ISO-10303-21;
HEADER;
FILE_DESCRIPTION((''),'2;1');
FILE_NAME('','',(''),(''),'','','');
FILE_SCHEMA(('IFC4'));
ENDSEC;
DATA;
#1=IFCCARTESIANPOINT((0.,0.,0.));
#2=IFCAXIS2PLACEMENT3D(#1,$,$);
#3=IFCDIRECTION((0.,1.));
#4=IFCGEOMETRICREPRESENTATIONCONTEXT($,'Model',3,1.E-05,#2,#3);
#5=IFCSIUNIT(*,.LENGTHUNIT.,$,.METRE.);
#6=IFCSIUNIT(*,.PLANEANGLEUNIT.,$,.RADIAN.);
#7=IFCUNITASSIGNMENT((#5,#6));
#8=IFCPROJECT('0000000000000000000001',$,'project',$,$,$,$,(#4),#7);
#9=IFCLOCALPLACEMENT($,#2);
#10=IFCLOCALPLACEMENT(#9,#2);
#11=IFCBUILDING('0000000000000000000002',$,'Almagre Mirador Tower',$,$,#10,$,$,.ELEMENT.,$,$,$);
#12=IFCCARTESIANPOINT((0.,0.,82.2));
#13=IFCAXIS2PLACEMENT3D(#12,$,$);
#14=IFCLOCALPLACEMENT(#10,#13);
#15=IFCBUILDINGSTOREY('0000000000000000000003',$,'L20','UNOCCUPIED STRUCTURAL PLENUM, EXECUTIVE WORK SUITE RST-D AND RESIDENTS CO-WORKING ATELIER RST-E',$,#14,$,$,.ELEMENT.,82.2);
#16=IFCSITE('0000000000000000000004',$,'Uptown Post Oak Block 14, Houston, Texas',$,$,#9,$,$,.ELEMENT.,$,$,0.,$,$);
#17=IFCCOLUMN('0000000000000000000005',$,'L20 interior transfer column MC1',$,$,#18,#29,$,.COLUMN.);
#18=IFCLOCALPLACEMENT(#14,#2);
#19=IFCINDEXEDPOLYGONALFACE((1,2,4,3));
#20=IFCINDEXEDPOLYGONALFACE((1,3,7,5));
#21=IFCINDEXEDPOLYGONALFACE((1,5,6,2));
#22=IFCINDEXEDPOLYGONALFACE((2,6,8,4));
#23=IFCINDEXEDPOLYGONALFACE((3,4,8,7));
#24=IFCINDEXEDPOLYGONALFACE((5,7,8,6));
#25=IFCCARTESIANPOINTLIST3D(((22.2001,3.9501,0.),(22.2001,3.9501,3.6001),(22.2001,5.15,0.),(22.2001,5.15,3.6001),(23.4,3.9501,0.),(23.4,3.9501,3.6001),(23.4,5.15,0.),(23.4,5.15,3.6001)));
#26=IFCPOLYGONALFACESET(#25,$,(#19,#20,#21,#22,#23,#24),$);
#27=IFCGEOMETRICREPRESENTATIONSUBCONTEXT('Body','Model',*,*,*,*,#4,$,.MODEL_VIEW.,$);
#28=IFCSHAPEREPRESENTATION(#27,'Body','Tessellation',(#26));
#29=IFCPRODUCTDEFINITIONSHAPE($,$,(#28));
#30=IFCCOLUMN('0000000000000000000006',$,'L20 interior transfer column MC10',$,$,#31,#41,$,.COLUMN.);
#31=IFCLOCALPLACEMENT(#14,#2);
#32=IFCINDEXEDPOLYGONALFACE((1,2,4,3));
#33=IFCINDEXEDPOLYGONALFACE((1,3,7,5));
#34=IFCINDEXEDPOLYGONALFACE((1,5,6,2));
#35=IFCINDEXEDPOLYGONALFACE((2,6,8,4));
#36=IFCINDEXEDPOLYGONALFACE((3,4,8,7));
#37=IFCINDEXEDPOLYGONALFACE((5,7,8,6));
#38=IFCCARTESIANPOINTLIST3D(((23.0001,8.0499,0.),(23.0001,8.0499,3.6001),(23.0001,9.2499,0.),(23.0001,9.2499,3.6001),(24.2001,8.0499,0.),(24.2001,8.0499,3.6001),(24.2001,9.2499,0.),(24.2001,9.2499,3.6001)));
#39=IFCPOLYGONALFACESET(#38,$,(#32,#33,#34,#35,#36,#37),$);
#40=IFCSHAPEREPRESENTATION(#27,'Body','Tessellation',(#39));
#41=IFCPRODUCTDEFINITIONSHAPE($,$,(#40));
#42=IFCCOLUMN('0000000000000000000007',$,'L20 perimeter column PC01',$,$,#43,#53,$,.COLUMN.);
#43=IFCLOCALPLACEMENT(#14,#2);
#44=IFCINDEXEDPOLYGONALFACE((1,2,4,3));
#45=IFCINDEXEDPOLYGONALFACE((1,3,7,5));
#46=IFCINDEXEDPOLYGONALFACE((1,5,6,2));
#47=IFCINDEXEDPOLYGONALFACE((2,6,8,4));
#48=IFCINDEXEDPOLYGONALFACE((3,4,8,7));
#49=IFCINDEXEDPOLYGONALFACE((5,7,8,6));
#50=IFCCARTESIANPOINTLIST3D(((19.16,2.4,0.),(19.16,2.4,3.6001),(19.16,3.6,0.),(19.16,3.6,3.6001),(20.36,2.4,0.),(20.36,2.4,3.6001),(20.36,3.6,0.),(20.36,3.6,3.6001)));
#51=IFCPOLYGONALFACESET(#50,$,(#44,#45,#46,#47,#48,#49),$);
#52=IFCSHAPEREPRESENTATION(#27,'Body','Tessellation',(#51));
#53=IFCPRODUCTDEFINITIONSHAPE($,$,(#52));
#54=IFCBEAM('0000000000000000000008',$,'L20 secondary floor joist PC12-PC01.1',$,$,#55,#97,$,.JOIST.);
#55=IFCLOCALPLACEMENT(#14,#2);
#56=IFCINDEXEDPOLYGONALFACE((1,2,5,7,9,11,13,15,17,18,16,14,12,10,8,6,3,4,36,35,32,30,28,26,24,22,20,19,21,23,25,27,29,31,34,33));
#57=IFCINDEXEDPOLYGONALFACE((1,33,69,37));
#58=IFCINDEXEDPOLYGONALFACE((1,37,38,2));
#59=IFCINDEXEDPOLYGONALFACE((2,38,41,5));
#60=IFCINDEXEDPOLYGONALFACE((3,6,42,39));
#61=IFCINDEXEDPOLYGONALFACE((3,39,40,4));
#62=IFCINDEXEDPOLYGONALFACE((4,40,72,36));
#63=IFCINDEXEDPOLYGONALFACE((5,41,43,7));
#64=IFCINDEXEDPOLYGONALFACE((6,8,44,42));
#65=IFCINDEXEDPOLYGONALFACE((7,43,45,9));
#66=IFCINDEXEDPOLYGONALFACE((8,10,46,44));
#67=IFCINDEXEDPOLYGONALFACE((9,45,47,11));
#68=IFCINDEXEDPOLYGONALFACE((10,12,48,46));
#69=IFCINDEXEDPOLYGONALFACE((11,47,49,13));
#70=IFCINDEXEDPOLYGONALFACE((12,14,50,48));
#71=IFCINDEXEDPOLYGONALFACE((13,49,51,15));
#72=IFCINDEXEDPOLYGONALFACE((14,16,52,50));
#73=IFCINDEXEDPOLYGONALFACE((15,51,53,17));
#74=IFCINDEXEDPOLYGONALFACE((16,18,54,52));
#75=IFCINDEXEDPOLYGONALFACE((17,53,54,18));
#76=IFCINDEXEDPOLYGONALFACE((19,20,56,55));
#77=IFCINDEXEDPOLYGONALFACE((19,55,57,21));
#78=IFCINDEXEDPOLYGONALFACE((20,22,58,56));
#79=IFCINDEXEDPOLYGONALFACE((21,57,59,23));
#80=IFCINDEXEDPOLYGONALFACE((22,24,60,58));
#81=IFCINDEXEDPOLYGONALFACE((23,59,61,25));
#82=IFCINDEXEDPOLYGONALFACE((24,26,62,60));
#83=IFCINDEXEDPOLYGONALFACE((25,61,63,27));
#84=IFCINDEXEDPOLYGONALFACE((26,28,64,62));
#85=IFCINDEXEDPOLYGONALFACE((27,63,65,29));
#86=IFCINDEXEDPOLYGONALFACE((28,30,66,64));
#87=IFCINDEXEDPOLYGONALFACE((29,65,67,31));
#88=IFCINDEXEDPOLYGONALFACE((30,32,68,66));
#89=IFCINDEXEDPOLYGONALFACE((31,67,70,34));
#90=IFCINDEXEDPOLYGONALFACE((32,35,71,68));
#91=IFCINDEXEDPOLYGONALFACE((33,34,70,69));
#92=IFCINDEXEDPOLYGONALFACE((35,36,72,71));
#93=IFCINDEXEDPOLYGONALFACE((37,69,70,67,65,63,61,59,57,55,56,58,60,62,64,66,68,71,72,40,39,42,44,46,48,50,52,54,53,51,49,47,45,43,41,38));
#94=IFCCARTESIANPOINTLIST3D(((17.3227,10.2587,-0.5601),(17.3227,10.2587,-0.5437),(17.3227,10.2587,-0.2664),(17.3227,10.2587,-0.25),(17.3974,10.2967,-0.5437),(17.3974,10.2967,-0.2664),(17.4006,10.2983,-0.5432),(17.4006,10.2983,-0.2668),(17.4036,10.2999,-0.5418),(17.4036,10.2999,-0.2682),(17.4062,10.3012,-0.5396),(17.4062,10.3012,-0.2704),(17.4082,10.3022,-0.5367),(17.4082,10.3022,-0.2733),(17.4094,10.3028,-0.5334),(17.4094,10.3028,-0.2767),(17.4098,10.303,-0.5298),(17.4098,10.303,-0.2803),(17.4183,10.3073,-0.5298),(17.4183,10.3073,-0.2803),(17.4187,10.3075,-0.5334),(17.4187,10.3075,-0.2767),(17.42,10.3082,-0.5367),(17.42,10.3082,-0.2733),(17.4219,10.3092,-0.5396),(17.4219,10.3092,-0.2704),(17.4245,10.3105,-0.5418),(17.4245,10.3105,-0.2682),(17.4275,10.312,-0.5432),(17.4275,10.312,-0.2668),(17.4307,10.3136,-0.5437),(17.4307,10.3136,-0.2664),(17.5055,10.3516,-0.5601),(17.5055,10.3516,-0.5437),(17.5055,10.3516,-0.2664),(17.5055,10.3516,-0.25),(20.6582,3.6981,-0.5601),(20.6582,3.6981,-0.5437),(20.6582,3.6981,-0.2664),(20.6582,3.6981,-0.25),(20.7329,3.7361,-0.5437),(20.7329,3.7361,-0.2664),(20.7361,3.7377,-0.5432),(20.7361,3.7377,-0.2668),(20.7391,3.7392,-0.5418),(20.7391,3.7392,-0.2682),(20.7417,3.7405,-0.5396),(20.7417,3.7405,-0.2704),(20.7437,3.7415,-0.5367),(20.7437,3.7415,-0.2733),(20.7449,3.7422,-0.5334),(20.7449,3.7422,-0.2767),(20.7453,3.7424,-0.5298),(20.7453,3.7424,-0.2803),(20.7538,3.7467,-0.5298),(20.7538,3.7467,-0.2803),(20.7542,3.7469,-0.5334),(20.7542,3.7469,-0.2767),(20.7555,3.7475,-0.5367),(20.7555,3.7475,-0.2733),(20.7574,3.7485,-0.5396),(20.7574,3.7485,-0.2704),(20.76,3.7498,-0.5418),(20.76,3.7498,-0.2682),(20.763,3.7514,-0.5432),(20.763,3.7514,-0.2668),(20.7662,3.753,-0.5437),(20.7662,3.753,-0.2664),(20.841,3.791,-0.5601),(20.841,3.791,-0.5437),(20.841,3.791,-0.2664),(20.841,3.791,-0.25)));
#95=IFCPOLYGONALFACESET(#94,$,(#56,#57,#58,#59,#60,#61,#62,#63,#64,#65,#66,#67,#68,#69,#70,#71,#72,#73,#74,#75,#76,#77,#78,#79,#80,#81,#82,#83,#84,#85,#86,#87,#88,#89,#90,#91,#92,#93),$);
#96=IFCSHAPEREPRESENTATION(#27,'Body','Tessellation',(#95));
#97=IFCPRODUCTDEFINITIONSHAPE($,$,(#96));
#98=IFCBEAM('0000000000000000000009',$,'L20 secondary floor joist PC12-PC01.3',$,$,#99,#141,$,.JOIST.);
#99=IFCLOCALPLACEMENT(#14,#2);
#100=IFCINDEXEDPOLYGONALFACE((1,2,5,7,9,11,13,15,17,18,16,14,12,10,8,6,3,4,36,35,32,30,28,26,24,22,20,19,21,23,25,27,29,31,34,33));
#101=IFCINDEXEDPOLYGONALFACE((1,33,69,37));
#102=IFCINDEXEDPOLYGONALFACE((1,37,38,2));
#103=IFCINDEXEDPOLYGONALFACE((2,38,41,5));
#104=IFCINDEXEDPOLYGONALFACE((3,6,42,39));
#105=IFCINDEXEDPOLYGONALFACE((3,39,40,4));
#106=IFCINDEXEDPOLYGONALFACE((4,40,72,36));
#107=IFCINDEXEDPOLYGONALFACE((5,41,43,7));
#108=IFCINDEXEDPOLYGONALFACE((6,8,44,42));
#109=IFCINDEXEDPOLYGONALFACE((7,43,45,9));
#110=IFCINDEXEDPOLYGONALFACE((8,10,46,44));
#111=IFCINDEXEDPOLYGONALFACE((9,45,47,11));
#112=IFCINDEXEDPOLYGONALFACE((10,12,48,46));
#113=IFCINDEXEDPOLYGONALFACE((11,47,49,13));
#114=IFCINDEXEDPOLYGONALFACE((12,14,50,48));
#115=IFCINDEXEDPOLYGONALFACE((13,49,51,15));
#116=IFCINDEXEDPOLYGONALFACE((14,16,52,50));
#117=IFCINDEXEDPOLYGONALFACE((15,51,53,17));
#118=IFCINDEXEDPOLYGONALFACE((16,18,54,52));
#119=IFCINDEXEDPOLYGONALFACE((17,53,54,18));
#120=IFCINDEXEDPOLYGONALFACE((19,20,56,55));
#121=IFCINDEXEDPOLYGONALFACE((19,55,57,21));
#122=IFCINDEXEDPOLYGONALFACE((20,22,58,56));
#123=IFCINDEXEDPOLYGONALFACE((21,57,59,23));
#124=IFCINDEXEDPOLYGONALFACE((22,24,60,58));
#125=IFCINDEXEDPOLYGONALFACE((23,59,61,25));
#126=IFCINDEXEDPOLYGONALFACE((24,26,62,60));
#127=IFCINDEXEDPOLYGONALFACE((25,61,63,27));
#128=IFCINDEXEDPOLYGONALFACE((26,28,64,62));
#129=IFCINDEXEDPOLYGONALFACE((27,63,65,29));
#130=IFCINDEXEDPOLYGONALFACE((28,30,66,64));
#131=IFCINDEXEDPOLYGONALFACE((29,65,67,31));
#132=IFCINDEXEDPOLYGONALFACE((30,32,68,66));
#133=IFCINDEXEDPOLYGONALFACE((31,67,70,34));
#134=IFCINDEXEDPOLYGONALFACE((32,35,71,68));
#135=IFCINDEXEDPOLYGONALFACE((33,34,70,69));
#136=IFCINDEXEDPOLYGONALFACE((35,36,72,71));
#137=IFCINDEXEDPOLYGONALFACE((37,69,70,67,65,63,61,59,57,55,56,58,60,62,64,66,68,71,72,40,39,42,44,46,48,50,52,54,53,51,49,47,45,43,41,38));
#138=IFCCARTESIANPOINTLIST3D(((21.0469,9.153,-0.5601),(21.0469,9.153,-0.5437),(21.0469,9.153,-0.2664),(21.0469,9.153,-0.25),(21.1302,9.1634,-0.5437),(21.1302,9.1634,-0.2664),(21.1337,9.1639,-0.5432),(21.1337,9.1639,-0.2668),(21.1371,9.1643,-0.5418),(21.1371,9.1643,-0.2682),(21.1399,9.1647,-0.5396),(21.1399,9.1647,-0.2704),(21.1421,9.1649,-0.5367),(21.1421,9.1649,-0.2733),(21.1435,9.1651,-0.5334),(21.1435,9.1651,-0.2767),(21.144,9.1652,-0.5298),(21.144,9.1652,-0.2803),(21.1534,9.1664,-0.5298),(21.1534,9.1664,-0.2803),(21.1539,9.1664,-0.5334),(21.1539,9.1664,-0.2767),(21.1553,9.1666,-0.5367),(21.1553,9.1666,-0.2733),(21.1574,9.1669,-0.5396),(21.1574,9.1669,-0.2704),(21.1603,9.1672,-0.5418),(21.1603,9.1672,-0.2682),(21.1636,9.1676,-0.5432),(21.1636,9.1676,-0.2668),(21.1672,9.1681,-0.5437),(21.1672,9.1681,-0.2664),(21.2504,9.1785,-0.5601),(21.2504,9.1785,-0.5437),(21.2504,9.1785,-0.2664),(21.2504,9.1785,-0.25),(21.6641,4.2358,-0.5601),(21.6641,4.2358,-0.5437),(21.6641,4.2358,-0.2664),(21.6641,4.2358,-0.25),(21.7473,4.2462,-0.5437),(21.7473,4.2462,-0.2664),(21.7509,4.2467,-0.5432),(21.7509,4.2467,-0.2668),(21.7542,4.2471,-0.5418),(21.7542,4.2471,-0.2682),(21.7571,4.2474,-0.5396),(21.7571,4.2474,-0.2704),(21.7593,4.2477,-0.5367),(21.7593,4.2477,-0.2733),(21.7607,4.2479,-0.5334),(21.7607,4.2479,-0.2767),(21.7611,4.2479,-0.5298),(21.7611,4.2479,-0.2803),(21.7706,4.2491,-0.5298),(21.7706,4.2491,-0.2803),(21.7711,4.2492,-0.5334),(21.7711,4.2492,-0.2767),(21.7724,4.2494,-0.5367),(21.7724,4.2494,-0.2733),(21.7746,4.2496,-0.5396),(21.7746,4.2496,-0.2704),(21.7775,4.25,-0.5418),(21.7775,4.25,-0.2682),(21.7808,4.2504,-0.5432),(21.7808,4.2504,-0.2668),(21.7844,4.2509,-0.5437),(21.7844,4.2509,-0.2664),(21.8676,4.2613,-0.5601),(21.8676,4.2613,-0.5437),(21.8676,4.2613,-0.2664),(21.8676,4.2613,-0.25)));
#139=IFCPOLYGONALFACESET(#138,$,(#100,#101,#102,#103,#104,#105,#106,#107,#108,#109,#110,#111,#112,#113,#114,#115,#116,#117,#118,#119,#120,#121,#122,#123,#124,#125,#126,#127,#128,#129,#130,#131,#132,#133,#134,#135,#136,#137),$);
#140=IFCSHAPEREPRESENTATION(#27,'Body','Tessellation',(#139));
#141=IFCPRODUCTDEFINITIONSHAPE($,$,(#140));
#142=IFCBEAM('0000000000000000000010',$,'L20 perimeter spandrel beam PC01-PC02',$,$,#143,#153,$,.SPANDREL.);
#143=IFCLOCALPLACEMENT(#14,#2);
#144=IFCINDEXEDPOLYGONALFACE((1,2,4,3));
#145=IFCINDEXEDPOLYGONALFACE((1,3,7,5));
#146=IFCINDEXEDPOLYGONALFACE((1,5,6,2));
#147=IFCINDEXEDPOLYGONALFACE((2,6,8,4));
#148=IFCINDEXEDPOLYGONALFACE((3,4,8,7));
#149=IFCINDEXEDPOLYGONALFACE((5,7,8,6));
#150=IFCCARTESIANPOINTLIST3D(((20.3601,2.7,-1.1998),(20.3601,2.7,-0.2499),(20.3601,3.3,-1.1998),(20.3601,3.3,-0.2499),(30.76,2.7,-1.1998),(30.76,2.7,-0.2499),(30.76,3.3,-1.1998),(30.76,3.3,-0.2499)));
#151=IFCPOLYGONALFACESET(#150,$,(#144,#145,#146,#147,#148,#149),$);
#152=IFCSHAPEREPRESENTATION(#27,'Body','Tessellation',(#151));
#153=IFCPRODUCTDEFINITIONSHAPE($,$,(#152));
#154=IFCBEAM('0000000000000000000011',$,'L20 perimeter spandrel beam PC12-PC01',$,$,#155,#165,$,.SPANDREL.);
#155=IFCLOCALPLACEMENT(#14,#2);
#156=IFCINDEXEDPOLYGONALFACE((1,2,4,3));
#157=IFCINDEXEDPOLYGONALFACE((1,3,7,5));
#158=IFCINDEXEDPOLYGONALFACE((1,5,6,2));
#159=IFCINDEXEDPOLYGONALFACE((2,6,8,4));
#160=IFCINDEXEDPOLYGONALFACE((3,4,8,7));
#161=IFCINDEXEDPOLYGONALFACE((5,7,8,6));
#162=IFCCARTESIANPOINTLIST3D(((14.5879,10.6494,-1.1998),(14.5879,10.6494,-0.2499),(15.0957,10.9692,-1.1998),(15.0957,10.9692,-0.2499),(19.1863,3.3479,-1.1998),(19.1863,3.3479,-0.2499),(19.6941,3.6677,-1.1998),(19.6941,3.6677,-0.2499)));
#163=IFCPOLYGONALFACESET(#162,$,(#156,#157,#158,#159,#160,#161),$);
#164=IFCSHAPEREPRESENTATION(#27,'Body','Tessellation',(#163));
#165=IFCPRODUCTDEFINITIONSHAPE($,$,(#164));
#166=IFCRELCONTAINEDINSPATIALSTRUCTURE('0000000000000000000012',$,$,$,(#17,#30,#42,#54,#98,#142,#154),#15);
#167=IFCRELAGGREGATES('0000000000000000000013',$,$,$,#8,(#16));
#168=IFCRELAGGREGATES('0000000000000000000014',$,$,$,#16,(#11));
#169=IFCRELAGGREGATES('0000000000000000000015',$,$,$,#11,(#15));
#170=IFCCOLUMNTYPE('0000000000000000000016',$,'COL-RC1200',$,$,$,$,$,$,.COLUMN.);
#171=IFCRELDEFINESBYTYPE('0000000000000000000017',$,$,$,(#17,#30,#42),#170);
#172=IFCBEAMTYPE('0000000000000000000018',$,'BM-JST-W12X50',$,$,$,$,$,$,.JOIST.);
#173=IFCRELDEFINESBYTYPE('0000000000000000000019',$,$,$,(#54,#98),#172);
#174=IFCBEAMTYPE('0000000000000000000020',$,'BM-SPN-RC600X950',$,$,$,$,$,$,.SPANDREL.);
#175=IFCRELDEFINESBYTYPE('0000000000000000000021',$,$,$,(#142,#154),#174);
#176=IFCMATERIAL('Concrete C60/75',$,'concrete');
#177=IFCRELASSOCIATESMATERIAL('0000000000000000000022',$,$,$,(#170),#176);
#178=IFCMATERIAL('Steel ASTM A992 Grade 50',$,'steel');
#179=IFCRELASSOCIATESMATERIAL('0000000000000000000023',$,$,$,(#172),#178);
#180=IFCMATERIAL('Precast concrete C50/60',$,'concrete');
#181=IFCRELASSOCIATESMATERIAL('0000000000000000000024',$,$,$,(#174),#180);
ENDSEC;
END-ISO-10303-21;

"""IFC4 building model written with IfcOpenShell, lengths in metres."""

from ifc_helpers import new_model, si_unit, direction, frame, origin, origin_2d, place, context, subcontext, project, spatial, rectangle, i_section, extrude, material, material_profile, profile_set, type_object, element, save


model = new_model("IFC4")

# Units and contexts
model_context = context("Model", 3, precision=1e-05, world=origin(), true_north=direction((0.0, 1.0)))
body_context = subcontext(model_context, "Body", "Model", "MODEL_VIEW")
ifc_project = project(units=[si_unit("LENGTHUNIT", "METRE"), si_unit("PLANEANGLEUNIT", "RADIAN")], contexts=[model_context])

# Site, building, storey
site_placement = place(None, origin())
site = spatial("IfcSite", under=ifc_project, at=site_placement, Name="Uptown Post Oak Block 14, Houston, Texas", CompositionType="ELEMENT", RefElevation=0.0)
building_placement = place(site_placement, origin())
building = spatial("IfcBuilding", under=site, at=building_placement, Name="Almagre Mirador Tower", CompositionType="ELEMENT")
storey_placement = place(building_placement, frame((0.0, 0.0, 82.2)))
storey = spatial("IfcBuildingStorey", under=building, at=storey_placement, Name="L20", Description="UNOCCUPIED STRUCTURAL PLENUM, EXECUTIVE WORK SUITE RST-D AND RESIDENTS CO-WORKING ATELIER RST-E", CompositionType="ELEMENT", Elevation=82.2)

# Columns
ifc_material_1 = material(Name="Concrete C60/75", Category="concrete")
ifc_material_profile_1 = material_profile(ifc_material_1, rectangle(XDim=1.2, YDim=1.2, at=origin_2d()), Name="RC1200X1200")
ifc_profile_set_1 = profile_set([ifc_material_profile_1], Name="Concrete C60/75")
column_type = type_object("IfcColumnType", Name="COL-RC1200", PredefinedType="COLUMN", material=ifc_profile_set_1)
for number, where, z_axis, x_axis, name in (
    (1, (22.8, 4.55, 0.0), (0.0, 0.0, 1.0), (1.0, 0.0, 0.0), "L20 interior transfer column MC1"),
    (2, (23.6001, 8.6499, 0.0), (0.0, 0.0, 1.0), (1.0, 0.0, 0.0), "L20 interior transfer column MC10"),
    (3, (19.76, 3.0, 0.0), (0.0, 0.0, 1.0), (1.0, 0.0, 0.0), "L20 perimeter column PC01"),
):
    element("IfcColumn", number, at=place(storey_placement, frame(where, z_axis=z_axis, x_axis=x_axis)), inside=storey, type_object=column_type, Name=name, PredefinedType="COLUMN", context=body_context, shape_type="SweptSolid", body=[
        extrude(rectangle(XDim=1.2, YDim=1.2, at=origin_2d()), origin(), (0.0, 0.0, 1.0), 3.6001),
    ])

# Beams
ifc_material_2 = material(Name="Steel ASTM A992 Grade 50", Category="steel")
ifc_material_profile_2 = material_profile(ifc_material_2, i_section(OverallWidth=0.2051, OverallDepth=0.3101, WebThickness=0.0095, FlangeThickness=0.0164, FilletRadius=0.0139, at=origin_2d()), Name="W12X50")
ifc_profile_set_2 = profile_set([ifc_material_profile_2], Name="Steel ASTM A992 Grade 50")
beam_type_1 = type_object("IfcBeamType", Name="BM-JST-W12X50", PredefinedType="JOIST", material=ifc_profile_set_2)
beam_1_placement = place(storey_placement, frame((17.4141, 10.3052, -0.405), z_axis=(0.453201, -0.891408, 0.0), x_axis=(0.891408, 0.453201, 0.0)))
element("IfcBeam", 4, at=beam_1_placement, inside=storey, type_object=beam_type_1, Name="L20 secondary floor joist PC12-PC01.1", PredefinedType="JOIST", context=body_context, shape_type="SweptSolid", body=[
    extrude(i_section(OverallWidth=0.2051, OverallDepth=0.3101, WebThickness=0.0095, FlangeThickness=0.0164, FilletRadius=0.0139, at=origin_2d()), origin(), (0.0, 0.0, 1.0), 7.3599),
])
beam_2_placement = place(storey_placement, frame((21.1487, 9.1658, -0.405), z_axis=(0.124538, -0.992215, 0.0), x_axis=(0.992215, 0.124538, 0.0)))
element("IfcBeam", 5, at=beam_2_placement, inside=storey, type_object=beam_type_1, Name="L20 secondary floor joist PC12-PC01.3", PredefinedType="JOIST", context=body_context, shape_type="SweptSolid", body=[
    extrude(i_section(OverallWidth=0.2051, OverallDepth=0.3101, WebThickness=0.0095, FlangeThickness=0.0164, FilletRadius=0.0139, at=origin_2d()), origin(), (0.0, 0.0, 1.0), 4.9558),
])
ifc_material_3 = material(Name="Precast concrete C50/60", Category="concrete")
ifc_material_profile_3 = material_profile(ifc_material_3, rectangle(XDim=0.6001, YDim=0.95, at=origin_2d()), Name="RC600X950")
ifc_profile_set_3 = profile_set([ifc_material_profile_3], Name="Precast concrete C50/60")
beam_type_2 = type_object("IfcBeamType", Name="BM-SPN-RC600X950", PredefinedType="SPANDREL", material=ifc_profile_set_3)
beam_3_placement = place(storey_placement, frame((20.3601, 3.0, -0.7249), z_axis=(1.0, 0.0, 0.0), x_axis=(0.0, 1.0, 0.0)))
element("IfcBeam", 6, at=beam_3_placement, inside=storey, type_object=beam_type_2, Name="L20 perimeter spandrel beam PC01-PC02", PredefinedType="SPANDREL", context=body_context, shape_type="SweptSolid", body=[
    extrude(rectangle(XDim=0.6001, YDim=0.95, at=origin_2d()), origin(), (0.0, 0.0, 1.0), 10.3999),
])
beam_4_placement = place(storey_placement, frame((14.8418, 10.8093, -0.7249), z_axis=(0.532908, -0.846173, 0.0), x_axis=(0.846173, 0.532908, 0.0)))
element("IfcBeam", 7, at=beam_4_placement, inside=storey, type_object=beam_type_2, Name="L20 perimeter spandrel beam PC12-PC01", PredefinedType="SPANDREL", context=body_context, shape_type="SweptSolid", body=[
    extrude(rectangle(XDim=0.6001, YDim=0.95, at=origin_2d()), origin(), (0.0, 0.0, 1.0), 8.6289),
])

save(model, "model.ifc")
